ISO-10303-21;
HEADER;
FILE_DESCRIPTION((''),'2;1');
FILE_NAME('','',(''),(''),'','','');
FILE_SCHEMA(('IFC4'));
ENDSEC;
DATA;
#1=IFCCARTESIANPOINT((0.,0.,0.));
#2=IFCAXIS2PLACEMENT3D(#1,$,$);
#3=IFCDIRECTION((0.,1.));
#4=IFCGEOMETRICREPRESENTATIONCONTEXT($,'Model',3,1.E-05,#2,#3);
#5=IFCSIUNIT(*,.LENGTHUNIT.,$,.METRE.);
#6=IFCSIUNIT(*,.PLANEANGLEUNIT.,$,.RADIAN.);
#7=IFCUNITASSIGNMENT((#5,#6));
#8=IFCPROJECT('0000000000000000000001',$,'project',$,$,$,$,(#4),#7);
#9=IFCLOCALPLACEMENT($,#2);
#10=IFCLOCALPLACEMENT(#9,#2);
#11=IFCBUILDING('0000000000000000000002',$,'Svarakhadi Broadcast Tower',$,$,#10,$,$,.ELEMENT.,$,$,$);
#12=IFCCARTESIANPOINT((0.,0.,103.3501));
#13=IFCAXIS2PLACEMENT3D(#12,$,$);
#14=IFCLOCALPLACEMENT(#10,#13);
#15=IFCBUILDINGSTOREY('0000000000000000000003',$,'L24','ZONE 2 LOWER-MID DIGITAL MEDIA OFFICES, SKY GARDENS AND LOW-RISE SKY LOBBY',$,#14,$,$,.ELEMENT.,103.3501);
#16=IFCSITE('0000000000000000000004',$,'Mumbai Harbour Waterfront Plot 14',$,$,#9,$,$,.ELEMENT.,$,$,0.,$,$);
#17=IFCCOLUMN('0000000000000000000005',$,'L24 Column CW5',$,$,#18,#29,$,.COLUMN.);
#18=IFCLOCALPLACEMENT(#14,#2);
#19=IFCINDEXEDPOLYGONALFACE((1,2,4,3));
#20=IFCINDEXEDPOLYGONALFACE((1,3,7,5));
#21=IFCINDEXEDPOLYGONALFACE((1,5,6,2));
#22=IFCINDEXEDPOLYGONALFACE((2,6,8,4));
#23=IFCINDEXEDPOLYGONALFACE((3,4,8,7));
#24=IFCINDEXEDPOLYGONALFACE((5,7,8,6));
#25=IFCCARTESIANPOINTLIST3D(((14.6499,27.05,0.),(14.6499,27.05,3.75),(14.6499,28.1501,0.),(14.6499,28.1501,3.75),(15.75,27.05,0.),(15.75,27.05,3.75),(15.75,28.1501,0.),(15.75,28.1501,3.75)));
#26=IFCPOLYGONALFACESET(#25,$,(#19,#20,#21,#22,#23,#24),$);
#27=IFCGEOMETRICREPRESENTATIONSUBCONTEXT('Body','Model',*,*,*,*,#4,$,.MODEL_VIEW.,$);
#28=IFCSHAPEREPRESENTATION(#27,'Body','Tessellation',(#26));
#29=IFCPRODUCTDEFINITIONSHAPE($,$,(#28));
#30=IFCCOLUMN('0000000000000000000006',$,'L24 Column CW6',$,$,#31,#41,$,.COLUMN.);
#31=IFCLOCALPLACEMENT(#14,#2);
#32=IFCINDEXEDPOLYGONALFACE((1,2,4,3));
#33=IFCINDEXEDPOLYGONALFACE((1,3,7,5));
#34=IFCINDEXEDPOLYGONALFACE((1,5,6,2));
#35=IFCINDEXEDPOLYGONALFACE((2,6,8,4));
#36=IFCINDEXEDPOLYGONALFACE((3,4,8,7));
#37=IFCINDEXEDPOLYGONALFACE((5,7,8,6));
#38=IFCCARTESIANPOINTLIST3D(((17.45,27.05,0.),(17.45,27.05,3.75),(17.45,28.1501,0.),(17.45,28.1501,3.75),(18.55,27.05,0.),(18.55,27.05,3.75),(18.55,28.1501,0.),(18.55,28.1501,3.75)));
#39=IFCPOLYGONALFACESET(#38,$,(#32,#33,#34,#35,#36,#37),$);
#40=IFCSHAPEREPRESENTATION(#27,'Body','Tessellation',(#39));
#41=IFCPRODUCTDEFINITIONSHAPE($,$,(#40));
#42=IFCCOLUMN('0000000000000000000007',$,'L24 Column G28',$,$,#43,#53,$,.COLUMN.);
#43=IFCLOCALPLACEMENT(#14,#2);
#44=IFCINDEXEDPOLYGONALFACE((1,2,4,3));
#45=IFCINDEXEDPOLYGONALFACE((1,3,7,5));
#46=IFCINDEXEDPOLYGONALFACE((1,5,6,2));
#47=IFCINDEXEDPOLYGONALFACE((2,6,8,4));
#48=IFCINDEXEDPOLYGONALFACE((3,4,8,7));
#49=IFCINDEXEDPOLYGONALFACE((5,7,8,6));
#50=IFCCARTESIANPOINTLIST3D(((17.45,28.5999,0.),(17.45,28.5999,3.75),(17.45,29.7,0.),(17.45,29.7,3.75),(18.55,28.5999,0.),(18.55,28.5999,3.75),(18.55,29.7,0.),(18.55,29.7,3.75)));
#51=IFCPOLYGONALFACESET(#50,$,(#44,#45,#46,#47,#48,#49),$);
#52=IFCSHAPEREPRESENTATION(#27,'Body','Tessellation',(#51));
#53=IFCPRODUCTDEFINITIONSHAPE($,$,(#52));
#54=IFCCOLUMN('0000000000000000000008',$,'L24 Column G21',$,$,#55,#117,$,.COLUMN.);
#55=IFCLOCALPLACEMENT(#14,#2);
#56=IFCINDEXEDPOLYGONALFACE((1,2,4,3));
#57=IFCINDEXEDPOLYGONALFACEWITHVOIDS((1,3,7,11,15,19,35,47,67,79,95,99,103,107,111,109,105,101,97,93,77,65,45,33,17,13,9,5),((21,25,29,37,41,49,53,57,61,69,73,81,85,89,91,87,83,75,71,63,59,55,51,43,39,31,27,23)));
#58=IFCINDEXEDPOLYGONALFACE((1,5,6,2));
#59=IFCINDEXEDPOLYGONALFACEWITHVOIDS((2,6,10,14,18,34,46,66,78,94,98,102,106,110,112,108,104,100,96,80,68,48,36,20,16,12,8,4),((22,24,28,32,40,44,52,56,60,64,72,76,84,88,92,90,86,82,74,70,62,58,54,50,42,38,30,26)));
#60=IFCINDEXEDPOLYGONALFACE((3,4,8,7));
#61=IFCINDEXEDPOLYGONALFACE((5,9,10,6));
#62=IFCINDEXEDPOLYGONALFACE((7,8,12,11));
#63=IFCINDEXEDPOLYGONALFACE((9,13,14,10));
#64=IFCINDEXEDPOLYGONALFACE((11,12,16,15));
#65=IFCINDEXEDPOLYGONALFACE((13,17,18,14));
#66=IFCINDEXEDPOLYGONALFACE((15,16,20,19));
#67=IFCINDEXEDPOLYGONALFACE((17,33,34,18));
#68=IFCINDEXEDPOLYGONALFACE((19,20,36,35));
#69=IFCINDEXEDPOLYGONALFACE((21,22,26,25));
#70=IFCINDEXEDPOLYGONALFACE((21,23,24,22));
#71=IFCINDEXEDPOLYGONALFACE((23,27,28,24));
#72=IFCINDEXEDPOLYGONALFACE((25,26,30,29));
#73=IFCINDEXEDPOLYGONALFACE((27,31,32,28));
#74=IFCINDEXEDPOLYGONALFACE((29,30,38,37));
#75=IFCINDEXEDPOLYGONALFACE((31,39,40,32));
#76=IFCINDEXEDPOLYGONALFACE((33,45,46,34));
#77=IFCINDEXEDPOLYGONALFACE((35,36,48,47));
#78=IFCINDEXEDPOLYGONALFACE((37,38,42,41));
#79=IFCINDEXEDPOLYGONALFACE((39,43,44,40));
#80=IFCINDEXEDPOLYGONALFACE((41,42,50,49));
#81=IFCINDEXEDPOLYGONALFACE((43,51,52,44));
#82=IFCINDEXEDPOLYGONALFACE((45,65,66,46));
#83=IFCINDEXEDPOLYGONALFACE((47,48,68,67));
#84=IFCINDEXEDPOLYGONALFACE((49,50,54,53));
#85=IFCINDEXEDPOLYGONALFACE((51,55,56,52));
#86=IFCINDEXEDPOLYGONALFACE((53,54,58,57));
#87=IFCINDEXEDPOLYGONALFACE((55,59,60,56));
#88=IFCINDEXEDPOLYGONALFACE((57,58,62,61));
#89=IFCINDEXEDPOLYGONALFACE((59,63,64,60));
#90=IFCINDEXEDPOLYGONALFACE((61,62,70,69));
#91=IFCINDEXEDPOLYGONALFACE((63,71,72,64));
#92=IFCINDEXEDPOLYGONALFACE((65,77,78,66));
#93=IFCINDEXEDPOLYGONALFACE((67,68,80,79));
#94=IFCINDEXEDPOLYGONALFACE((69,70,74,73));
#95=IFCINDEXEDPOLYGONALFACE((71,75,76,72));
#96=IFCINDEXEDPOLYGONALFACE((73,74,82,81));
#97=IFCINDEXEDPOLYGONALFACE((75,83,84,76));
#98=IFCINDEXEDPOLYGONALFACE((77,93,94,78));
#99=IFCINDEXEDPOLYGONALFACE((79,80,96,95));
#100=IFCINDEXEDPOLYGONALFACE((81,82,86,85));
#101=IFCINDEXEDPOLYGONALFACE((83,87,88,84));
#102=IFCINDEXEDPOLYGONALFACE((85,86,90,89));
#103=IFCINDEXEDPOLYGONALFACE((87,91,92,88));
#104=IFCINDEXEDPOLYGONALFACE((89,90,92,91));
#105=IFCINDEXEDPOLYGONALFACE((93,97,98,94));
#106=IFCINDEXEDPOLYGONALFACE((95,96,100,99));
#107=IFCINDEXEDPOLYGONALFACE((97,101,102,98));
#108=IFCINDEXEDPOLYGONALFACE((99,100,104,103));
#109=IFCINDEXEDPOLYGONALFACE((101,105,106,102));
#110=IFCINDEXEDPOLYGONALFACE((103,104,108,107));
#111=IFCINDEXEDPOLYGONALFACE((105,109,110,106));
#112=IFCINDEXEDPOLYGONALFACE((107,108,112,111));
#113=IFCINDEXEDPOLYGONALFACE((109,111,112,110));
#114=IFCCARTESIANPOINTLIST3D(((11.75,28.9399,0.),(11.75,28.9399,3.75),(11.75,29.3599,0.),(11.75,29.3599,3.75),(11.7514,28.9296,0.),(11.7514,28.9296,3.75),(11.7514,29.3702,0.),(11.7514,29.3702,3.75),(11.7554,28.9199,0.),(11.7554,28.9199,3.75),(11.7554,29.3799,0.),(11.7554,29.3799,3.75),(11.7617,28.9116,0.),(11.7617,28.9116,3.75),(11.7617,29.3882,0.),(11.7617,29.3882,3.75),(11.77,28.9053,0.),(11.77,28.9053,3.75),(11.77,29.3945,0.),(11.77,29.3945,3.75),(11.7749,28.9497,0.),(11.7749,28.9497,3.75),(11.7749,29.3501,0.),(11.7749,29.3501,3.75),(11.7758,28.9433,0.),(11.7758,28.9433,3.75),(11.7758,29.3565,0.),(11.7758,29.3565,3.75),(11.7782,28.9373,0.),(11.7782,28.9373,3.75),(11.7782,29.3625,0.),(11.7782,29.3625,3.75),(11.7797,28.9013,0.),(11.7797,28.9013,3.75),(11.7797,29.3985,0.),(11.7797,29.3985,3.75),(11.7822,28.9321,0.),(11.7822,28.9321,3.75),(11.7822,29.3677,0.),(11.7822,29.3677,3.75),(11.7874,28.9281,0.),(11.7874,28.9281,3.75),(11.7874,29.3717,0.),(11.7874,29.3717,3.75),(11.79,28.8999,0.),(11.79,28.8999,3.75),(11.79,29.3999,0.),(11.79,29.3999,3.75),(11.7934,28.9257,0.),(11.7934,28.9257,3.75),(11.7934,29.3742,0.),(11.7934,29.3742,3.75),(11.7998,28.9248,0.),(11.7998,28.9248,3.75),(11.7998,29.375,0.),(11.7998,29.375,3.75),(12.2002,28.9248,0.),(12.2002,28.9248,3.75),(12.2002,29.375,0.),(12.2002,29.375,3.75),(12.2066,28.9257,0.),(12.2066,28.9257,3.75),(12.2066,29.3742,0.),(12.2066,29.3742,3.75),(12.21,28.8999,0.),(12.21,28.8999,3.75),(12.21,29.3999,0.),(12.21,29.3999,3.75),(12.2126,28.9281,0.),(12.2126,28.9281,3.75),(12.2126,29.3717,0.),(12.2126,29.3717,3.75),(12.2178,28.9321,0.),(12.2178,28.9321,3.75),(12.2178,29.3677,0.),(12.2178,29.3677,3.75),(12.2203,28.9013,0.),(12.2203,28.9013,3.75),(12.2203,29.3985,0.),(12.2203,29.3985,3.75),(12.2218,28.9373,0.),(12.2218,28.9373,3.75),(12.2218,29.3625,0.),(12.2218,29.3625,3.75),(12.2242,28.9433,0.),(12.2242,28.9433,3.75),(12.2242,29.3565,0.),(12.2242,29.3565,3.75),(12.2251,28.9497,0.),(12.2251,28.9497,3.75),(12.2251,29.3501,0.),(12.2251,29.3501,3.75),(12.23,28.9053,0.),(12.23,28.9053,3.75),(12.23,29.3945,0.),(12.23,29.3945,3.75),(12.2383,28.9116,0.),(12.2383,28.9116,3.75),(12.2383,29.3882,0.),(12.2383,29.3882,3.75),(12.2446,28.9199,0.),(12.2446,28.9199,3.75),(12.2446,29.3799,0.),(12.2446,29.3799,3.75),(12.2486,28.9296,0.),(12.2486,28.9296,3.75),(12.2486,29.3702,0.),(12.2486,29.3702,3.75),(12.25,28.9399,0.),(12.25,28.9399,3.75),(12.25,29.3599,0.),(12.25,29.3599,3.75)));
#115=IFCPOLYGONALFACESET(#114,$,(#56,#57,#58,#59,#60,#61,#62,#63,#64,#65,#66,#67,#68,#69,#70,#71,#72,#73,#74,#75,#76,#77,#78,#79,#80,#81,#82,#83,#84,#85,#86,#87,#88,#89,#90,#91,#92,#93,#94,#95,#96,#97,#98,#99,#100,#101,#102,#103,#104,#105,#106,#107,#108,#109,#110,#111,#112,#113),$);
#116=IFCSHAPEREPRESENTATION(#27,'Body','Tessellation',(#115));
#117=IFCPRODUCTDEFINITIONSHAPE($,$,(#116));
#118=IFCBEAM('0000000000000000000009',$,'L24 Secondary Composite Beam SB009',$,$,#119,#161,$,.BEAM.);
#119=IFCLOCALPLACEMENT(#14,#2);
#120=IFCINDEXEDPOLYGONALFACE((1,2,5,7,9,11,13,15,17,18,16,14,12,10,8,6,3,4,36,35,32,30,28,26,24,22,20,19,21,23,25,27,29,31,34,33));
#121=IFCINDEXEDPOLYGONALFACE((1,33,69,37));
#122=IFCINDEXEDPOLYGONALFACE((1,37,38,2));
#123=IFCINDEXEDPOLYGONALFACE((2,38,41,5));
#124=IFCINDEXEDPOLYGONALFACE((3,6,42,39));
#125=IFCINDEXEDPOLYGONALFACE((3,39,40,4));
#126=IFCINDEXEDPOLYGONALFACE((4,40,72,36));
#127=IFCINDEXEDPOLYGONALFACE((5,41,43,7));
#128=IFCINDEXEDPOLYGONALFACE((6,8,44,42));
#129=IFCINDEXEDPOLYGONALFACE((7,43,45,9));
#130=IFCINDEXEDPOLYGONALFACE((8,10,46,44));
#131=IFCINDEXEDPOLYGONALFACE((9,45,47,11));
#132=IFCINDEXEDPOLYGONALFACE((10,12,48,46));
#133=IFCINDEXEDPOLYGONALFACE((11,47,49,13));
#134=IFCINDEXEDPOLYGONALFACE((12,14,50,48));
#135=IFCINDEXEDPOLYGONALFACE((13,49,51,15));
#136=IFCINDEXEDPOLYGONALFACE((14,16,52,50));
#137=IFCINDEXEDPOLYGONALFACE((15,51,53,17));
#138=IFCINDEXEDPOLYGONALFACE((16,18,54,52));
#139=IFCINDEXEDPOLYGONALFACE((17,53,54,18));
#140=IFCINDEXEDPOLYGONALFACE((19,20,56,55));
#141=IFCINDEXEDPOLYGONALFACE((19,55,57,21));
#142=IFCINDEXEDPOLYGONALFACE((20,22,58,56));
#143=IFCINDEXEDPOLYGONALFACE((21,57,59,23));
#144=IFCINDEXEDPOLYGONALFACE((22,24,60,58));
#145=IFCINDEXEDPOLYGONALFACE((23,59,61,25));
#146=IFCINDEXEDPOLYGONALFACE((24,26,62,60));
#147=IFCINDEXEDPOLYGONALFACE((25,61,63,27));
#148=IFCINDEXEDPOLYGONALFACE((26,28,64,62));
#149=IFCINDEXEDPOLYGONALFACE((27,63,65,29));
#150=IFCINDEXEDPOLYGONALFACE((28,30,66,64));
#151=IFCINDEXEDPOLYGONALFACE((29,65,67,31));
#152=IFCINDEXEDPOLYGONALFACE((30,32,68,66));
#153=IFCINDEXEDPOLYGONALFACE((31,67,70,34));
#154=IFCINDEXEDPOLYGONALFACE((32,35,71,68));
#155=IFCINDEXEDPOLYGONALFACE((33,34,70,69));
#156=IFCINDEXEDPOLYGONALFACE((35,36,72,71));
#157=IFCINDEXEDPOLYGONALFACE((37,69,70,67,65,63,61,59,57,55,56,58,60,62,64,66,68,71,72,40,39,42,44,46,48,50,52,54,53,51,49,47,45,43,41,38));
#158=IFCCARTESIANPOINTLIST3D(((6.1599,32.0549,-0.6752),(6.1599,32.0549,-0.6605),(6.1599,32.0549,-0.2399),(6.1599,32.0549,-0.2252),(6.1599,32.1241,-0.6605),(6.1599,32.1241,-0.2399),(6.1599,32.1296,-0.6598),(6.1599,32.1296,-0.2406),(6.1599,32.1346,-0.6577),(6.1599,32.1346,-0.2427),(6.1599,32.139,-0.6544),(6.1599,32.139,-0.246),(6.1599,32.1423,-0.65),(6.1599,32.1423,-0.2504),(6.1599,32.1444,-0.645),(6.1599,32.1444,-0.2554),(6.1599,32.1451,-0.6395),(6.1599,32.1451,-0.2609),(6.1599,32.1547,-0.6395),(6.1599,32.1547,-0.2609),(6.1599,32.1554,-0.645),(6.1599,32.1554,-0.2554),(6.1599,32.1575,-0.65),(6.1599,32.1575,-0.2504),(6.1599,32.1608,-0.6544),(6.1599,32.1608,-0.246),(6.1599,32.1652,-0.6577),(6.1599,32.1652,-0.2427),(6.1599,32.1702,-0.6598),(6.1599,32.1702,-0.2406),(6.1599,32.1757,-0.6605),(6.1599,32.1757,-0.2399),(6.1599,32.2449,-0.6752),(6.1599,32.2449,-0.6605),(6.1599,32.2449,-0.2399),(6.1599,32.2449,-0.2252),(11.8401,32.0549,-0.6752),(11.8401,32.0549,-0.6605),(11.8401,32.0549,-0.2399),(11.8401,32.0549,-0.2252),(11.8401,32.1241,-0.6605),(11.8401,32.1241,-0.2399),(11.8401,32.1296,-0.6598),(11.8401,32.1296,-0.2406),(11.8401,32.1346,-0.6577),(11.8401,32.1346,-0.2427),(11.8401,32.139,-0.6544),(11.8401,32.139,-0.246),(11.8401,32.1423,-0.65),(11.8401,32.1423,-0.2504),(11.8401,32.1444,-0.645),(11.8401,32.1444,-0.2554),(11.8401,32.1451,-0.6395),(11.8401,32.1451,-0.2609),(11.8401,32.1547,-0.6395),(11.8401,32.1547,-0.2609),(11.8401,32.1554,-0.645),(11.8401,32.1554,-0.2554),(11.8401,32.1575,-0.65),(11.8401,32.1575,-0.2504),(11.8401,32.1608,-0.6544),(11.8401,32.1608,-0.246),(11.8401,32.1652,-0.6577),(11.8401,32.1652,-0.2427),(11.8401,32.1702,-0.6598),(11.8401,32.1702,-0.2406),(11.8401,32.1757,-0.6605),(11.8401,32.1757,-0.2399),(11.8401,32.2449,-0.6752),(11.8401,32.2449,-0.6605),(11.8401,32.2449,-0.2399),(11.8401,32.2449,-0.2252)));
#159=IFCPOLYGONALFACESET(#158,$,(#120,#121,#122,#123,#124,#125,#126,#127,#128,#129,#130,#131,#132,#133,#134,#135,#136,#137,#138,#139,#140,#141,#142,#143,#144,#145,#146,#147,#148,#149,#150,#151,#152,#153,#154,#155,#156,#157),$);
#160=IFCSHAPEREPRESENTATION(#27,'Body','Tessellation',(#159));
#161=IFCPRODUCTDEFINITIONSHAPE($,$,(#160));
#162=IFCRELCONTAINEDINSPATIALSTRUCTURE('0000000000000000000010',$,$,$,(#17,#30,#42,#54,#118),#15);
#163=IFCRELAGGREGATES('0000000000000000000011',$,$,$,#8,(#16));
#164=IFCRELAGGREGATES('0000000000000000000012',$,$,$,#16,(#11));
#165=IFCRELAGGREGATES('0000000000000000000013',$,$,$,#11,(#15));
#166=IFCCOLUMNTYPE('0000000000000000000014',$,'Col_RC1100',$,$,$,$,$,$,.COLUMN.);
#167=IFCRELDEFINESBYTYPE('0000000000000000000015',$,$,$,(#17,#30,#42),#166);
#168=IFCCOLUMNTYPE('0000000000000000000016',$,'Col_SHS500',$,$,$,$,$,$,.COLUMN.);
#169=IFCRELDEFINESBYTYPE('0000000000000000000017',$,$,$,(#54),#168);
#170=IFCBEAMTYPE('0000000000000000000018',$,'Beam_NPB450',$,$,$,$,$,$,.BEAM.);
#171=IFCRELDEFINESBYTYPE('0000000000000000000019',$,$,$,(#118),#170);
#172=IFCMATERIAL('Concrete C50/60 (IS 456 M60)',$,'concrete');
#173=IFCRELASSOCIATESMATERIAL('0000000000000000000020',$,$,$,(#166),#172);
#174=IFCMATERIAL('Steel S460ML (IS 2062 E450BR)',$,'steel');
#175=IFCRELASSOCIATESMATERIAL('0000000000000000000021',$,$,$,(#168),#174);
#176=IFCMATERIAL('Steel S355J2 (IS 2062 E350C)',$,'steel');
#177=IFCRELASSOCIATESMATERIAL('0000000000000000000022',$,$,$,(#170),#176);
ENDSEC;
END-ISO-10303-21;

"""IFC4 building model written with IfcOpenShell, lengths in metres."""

from ifc_helpers import new_model, si_unit, direction, frame, origin, origin_2d, place, context, subcontext, project, spatial, rectangle, hollow_rectangle, i_section, extrude, material, material_profile, profile_set, type_object, element, save


model = new_model("IFC4")

# Units and contexts
model_context = context("Model", 3, precision=1e-05, world=origin(), true_north=direction((0.0, 1.0)))
body_context = subcontext(model_context, "Body", "Model", "MODEL_VIEW")
ifc_project = project(units=[si_unit("LENGTHUNIT", "METRE"), si_unit("PLANEANGLEUNIT", "RADIAN")], contexts=[model_context])

# Site, building, storey
site_placement = place(None, origin())
site = spatial("IfcSite", under=ifc_project, at=site_placement, Name="Mumbai Harbour Waterfront Plot 14", CompositionType="ELEMENT", RefElevation=0.0)
building_placement = place(site_placement, origin())
building = spatial("IfcBuilding", under=site, at=building_placement, Name="Svarakhadi Broadcast Tower", CompositionType="ELEMENT")
storey_placement = place(building_placement, frame((0.0, 0.0, 103.3501)))
storey = spatial("IfcBuildingStorey", under=building, at=storey_placement, Name="L24", Description="ZONE 2 LOWER-MID DIGITAL MEDIA OFFICES, SKY GARDENS AND LOW-RISE SKY LOBBY", CompositionType="ELEMENT", Elevation=103.3501)

# Columns
ifc_material_1 = material(Name="Concrete C50/60 (IS 456 M60)", Category="concrete")
ifc_material_profile_1 = material_profile(ifc_material_1, rectangle(XDim=1.1001, YDim=1.1001, at=origin_2d()), Name="RC 1100x1100")
ifc_profile_set_1 = profile_set([ifc_material_profile_1], Name="Concrete C50/60 (IS 456 M60)")
column_type_1 = type_object("IfcColumnType", Name="Col_RC1100", PredefinedType="COLUMN", material=ifc_profile_set_1)
for number, where, z_axis, x_axis, name in (
    (1, (15.2, 27.6001, 0.0), (0.0, 0.0, 1.0), (1.0, 0.0, 0.0), "L24 Column CW5"),
    (2, (18.0, 27.6001, 0.0), (0.0, 0.0, 1.0), (1.0, 0.0, 0.0), "L24 Column CW6"),
    (3, (18.0, 29.1499, 0.0), (0.0, 0.0, 1.0), (1.0, 0.0, 0.0), "L24 Column G28"),
):
    element("IfcColumn", number, at=place(storey_placement, frame(where, z_axis=z_axis, x_axis=x_axis)), inside=storey, type_object=column_type_1, Name=name, PredefinedType="COLUMN", context=body_context, shape_type="SweptSolid", body=[
        extrude(rectangle(XDim=1.1001, YDim=1.1001, at=origin_2d()), origin(), (0.0, 0.0, 1.0), 3.75),
    ])
ifc_material_2 = material(Name="Steel S460ML (IS 2062 E450BR)", Category="steel")
ifc_material_profile_2 = material_profile(ifc_material_2, hollow_rectangle(XDim=0.5, YDim=0.5, WallThickness=0.0249, InnerFilletRadius=0.0249, OuterFilletRadius=0.04, at=origin_2d()), Name="SHS 500x500x25")
ifc_profile_set_2 = profile_set([ifc_material_profile_2], Name="Steel S460ML (IS 2062 E450BR)")
column_type_2 = type_object("IfcColumnType", Name="Col_SHS500", PredefinedType="COLUMN", material=ifc_profile_set_2)
column_placement = place(storey_placement, frame((12.0, 29.1499, 0.0), z_axis=(0.0, 0.0, 1.0), x_axis=(1.0, 0.0, 0.0)))
element("IfcColumn", 4, at=column_placement, inside=storey, type_object=column_type_2, Name="L24 Column G21", PredefinedType="COLUMN", context=body_context, shape_type="SweptSolid", body=[
    extrude(hollow_rectangle(XDim=0.5, YDim=0.5, WallThickness=0.0249, InnerFilletRadius=0.0249, OuterFilletRadius=0.04, at=origin_2d()), origin(), (0.0, 0.0, 1.0), 3.75),
])

# Beam
ifc_material_3 = material(Name="Steel S355J2 (IS 2062 E350C)", Category="steel")
ifc_material_profile_3 = material_profile(ifc_material_3, i_section(OverallWidth=0.1899, OverallDepth=0.45, WebThickness=0.0095, FlangeThickness=0.0146, FilletRadius=0.021, at=origin_2d()), Name="NPB 450x190x78")
ifc_profile_set_3 = profile_set([ifc_material_profile_3], Name="Steel S355J2 (IS 2062 E350C)")
beam_type_1 = type_object("IfcBeamType", Name="Beam_NPB450", PredefinedType="BEAM", material=ifc_profile_set_3)
for number, where, z_axis, x_axis, name in (
    (5, (6.1599, 32.1499, -0.4502), (1.0, 0.0, 0.0), (0.0, 1.0, 0.0), "L24 Secondary Composite Beam SB009"),
):
    element("IfcBeam", number, at=place(storey_placement, frame(where, z_axis=z_axis, x_axis=x_axis)), inside=storey, type_object=beam_type_1, Name=name, PredefinedType="BEAM", context=body_context, shape_type="SweptSolid", body=[
        extrude(i_section(OverallWidth=0.1899, OverallDepth=0.45, WebThickness=0.0095, FlangeThickness=0.0146, FilletRadius=0.021, at=origin_2d()), origin(), (0.0, 0.0, 1.0), 5.6802),
    ])

save(model, "model.ifc")
